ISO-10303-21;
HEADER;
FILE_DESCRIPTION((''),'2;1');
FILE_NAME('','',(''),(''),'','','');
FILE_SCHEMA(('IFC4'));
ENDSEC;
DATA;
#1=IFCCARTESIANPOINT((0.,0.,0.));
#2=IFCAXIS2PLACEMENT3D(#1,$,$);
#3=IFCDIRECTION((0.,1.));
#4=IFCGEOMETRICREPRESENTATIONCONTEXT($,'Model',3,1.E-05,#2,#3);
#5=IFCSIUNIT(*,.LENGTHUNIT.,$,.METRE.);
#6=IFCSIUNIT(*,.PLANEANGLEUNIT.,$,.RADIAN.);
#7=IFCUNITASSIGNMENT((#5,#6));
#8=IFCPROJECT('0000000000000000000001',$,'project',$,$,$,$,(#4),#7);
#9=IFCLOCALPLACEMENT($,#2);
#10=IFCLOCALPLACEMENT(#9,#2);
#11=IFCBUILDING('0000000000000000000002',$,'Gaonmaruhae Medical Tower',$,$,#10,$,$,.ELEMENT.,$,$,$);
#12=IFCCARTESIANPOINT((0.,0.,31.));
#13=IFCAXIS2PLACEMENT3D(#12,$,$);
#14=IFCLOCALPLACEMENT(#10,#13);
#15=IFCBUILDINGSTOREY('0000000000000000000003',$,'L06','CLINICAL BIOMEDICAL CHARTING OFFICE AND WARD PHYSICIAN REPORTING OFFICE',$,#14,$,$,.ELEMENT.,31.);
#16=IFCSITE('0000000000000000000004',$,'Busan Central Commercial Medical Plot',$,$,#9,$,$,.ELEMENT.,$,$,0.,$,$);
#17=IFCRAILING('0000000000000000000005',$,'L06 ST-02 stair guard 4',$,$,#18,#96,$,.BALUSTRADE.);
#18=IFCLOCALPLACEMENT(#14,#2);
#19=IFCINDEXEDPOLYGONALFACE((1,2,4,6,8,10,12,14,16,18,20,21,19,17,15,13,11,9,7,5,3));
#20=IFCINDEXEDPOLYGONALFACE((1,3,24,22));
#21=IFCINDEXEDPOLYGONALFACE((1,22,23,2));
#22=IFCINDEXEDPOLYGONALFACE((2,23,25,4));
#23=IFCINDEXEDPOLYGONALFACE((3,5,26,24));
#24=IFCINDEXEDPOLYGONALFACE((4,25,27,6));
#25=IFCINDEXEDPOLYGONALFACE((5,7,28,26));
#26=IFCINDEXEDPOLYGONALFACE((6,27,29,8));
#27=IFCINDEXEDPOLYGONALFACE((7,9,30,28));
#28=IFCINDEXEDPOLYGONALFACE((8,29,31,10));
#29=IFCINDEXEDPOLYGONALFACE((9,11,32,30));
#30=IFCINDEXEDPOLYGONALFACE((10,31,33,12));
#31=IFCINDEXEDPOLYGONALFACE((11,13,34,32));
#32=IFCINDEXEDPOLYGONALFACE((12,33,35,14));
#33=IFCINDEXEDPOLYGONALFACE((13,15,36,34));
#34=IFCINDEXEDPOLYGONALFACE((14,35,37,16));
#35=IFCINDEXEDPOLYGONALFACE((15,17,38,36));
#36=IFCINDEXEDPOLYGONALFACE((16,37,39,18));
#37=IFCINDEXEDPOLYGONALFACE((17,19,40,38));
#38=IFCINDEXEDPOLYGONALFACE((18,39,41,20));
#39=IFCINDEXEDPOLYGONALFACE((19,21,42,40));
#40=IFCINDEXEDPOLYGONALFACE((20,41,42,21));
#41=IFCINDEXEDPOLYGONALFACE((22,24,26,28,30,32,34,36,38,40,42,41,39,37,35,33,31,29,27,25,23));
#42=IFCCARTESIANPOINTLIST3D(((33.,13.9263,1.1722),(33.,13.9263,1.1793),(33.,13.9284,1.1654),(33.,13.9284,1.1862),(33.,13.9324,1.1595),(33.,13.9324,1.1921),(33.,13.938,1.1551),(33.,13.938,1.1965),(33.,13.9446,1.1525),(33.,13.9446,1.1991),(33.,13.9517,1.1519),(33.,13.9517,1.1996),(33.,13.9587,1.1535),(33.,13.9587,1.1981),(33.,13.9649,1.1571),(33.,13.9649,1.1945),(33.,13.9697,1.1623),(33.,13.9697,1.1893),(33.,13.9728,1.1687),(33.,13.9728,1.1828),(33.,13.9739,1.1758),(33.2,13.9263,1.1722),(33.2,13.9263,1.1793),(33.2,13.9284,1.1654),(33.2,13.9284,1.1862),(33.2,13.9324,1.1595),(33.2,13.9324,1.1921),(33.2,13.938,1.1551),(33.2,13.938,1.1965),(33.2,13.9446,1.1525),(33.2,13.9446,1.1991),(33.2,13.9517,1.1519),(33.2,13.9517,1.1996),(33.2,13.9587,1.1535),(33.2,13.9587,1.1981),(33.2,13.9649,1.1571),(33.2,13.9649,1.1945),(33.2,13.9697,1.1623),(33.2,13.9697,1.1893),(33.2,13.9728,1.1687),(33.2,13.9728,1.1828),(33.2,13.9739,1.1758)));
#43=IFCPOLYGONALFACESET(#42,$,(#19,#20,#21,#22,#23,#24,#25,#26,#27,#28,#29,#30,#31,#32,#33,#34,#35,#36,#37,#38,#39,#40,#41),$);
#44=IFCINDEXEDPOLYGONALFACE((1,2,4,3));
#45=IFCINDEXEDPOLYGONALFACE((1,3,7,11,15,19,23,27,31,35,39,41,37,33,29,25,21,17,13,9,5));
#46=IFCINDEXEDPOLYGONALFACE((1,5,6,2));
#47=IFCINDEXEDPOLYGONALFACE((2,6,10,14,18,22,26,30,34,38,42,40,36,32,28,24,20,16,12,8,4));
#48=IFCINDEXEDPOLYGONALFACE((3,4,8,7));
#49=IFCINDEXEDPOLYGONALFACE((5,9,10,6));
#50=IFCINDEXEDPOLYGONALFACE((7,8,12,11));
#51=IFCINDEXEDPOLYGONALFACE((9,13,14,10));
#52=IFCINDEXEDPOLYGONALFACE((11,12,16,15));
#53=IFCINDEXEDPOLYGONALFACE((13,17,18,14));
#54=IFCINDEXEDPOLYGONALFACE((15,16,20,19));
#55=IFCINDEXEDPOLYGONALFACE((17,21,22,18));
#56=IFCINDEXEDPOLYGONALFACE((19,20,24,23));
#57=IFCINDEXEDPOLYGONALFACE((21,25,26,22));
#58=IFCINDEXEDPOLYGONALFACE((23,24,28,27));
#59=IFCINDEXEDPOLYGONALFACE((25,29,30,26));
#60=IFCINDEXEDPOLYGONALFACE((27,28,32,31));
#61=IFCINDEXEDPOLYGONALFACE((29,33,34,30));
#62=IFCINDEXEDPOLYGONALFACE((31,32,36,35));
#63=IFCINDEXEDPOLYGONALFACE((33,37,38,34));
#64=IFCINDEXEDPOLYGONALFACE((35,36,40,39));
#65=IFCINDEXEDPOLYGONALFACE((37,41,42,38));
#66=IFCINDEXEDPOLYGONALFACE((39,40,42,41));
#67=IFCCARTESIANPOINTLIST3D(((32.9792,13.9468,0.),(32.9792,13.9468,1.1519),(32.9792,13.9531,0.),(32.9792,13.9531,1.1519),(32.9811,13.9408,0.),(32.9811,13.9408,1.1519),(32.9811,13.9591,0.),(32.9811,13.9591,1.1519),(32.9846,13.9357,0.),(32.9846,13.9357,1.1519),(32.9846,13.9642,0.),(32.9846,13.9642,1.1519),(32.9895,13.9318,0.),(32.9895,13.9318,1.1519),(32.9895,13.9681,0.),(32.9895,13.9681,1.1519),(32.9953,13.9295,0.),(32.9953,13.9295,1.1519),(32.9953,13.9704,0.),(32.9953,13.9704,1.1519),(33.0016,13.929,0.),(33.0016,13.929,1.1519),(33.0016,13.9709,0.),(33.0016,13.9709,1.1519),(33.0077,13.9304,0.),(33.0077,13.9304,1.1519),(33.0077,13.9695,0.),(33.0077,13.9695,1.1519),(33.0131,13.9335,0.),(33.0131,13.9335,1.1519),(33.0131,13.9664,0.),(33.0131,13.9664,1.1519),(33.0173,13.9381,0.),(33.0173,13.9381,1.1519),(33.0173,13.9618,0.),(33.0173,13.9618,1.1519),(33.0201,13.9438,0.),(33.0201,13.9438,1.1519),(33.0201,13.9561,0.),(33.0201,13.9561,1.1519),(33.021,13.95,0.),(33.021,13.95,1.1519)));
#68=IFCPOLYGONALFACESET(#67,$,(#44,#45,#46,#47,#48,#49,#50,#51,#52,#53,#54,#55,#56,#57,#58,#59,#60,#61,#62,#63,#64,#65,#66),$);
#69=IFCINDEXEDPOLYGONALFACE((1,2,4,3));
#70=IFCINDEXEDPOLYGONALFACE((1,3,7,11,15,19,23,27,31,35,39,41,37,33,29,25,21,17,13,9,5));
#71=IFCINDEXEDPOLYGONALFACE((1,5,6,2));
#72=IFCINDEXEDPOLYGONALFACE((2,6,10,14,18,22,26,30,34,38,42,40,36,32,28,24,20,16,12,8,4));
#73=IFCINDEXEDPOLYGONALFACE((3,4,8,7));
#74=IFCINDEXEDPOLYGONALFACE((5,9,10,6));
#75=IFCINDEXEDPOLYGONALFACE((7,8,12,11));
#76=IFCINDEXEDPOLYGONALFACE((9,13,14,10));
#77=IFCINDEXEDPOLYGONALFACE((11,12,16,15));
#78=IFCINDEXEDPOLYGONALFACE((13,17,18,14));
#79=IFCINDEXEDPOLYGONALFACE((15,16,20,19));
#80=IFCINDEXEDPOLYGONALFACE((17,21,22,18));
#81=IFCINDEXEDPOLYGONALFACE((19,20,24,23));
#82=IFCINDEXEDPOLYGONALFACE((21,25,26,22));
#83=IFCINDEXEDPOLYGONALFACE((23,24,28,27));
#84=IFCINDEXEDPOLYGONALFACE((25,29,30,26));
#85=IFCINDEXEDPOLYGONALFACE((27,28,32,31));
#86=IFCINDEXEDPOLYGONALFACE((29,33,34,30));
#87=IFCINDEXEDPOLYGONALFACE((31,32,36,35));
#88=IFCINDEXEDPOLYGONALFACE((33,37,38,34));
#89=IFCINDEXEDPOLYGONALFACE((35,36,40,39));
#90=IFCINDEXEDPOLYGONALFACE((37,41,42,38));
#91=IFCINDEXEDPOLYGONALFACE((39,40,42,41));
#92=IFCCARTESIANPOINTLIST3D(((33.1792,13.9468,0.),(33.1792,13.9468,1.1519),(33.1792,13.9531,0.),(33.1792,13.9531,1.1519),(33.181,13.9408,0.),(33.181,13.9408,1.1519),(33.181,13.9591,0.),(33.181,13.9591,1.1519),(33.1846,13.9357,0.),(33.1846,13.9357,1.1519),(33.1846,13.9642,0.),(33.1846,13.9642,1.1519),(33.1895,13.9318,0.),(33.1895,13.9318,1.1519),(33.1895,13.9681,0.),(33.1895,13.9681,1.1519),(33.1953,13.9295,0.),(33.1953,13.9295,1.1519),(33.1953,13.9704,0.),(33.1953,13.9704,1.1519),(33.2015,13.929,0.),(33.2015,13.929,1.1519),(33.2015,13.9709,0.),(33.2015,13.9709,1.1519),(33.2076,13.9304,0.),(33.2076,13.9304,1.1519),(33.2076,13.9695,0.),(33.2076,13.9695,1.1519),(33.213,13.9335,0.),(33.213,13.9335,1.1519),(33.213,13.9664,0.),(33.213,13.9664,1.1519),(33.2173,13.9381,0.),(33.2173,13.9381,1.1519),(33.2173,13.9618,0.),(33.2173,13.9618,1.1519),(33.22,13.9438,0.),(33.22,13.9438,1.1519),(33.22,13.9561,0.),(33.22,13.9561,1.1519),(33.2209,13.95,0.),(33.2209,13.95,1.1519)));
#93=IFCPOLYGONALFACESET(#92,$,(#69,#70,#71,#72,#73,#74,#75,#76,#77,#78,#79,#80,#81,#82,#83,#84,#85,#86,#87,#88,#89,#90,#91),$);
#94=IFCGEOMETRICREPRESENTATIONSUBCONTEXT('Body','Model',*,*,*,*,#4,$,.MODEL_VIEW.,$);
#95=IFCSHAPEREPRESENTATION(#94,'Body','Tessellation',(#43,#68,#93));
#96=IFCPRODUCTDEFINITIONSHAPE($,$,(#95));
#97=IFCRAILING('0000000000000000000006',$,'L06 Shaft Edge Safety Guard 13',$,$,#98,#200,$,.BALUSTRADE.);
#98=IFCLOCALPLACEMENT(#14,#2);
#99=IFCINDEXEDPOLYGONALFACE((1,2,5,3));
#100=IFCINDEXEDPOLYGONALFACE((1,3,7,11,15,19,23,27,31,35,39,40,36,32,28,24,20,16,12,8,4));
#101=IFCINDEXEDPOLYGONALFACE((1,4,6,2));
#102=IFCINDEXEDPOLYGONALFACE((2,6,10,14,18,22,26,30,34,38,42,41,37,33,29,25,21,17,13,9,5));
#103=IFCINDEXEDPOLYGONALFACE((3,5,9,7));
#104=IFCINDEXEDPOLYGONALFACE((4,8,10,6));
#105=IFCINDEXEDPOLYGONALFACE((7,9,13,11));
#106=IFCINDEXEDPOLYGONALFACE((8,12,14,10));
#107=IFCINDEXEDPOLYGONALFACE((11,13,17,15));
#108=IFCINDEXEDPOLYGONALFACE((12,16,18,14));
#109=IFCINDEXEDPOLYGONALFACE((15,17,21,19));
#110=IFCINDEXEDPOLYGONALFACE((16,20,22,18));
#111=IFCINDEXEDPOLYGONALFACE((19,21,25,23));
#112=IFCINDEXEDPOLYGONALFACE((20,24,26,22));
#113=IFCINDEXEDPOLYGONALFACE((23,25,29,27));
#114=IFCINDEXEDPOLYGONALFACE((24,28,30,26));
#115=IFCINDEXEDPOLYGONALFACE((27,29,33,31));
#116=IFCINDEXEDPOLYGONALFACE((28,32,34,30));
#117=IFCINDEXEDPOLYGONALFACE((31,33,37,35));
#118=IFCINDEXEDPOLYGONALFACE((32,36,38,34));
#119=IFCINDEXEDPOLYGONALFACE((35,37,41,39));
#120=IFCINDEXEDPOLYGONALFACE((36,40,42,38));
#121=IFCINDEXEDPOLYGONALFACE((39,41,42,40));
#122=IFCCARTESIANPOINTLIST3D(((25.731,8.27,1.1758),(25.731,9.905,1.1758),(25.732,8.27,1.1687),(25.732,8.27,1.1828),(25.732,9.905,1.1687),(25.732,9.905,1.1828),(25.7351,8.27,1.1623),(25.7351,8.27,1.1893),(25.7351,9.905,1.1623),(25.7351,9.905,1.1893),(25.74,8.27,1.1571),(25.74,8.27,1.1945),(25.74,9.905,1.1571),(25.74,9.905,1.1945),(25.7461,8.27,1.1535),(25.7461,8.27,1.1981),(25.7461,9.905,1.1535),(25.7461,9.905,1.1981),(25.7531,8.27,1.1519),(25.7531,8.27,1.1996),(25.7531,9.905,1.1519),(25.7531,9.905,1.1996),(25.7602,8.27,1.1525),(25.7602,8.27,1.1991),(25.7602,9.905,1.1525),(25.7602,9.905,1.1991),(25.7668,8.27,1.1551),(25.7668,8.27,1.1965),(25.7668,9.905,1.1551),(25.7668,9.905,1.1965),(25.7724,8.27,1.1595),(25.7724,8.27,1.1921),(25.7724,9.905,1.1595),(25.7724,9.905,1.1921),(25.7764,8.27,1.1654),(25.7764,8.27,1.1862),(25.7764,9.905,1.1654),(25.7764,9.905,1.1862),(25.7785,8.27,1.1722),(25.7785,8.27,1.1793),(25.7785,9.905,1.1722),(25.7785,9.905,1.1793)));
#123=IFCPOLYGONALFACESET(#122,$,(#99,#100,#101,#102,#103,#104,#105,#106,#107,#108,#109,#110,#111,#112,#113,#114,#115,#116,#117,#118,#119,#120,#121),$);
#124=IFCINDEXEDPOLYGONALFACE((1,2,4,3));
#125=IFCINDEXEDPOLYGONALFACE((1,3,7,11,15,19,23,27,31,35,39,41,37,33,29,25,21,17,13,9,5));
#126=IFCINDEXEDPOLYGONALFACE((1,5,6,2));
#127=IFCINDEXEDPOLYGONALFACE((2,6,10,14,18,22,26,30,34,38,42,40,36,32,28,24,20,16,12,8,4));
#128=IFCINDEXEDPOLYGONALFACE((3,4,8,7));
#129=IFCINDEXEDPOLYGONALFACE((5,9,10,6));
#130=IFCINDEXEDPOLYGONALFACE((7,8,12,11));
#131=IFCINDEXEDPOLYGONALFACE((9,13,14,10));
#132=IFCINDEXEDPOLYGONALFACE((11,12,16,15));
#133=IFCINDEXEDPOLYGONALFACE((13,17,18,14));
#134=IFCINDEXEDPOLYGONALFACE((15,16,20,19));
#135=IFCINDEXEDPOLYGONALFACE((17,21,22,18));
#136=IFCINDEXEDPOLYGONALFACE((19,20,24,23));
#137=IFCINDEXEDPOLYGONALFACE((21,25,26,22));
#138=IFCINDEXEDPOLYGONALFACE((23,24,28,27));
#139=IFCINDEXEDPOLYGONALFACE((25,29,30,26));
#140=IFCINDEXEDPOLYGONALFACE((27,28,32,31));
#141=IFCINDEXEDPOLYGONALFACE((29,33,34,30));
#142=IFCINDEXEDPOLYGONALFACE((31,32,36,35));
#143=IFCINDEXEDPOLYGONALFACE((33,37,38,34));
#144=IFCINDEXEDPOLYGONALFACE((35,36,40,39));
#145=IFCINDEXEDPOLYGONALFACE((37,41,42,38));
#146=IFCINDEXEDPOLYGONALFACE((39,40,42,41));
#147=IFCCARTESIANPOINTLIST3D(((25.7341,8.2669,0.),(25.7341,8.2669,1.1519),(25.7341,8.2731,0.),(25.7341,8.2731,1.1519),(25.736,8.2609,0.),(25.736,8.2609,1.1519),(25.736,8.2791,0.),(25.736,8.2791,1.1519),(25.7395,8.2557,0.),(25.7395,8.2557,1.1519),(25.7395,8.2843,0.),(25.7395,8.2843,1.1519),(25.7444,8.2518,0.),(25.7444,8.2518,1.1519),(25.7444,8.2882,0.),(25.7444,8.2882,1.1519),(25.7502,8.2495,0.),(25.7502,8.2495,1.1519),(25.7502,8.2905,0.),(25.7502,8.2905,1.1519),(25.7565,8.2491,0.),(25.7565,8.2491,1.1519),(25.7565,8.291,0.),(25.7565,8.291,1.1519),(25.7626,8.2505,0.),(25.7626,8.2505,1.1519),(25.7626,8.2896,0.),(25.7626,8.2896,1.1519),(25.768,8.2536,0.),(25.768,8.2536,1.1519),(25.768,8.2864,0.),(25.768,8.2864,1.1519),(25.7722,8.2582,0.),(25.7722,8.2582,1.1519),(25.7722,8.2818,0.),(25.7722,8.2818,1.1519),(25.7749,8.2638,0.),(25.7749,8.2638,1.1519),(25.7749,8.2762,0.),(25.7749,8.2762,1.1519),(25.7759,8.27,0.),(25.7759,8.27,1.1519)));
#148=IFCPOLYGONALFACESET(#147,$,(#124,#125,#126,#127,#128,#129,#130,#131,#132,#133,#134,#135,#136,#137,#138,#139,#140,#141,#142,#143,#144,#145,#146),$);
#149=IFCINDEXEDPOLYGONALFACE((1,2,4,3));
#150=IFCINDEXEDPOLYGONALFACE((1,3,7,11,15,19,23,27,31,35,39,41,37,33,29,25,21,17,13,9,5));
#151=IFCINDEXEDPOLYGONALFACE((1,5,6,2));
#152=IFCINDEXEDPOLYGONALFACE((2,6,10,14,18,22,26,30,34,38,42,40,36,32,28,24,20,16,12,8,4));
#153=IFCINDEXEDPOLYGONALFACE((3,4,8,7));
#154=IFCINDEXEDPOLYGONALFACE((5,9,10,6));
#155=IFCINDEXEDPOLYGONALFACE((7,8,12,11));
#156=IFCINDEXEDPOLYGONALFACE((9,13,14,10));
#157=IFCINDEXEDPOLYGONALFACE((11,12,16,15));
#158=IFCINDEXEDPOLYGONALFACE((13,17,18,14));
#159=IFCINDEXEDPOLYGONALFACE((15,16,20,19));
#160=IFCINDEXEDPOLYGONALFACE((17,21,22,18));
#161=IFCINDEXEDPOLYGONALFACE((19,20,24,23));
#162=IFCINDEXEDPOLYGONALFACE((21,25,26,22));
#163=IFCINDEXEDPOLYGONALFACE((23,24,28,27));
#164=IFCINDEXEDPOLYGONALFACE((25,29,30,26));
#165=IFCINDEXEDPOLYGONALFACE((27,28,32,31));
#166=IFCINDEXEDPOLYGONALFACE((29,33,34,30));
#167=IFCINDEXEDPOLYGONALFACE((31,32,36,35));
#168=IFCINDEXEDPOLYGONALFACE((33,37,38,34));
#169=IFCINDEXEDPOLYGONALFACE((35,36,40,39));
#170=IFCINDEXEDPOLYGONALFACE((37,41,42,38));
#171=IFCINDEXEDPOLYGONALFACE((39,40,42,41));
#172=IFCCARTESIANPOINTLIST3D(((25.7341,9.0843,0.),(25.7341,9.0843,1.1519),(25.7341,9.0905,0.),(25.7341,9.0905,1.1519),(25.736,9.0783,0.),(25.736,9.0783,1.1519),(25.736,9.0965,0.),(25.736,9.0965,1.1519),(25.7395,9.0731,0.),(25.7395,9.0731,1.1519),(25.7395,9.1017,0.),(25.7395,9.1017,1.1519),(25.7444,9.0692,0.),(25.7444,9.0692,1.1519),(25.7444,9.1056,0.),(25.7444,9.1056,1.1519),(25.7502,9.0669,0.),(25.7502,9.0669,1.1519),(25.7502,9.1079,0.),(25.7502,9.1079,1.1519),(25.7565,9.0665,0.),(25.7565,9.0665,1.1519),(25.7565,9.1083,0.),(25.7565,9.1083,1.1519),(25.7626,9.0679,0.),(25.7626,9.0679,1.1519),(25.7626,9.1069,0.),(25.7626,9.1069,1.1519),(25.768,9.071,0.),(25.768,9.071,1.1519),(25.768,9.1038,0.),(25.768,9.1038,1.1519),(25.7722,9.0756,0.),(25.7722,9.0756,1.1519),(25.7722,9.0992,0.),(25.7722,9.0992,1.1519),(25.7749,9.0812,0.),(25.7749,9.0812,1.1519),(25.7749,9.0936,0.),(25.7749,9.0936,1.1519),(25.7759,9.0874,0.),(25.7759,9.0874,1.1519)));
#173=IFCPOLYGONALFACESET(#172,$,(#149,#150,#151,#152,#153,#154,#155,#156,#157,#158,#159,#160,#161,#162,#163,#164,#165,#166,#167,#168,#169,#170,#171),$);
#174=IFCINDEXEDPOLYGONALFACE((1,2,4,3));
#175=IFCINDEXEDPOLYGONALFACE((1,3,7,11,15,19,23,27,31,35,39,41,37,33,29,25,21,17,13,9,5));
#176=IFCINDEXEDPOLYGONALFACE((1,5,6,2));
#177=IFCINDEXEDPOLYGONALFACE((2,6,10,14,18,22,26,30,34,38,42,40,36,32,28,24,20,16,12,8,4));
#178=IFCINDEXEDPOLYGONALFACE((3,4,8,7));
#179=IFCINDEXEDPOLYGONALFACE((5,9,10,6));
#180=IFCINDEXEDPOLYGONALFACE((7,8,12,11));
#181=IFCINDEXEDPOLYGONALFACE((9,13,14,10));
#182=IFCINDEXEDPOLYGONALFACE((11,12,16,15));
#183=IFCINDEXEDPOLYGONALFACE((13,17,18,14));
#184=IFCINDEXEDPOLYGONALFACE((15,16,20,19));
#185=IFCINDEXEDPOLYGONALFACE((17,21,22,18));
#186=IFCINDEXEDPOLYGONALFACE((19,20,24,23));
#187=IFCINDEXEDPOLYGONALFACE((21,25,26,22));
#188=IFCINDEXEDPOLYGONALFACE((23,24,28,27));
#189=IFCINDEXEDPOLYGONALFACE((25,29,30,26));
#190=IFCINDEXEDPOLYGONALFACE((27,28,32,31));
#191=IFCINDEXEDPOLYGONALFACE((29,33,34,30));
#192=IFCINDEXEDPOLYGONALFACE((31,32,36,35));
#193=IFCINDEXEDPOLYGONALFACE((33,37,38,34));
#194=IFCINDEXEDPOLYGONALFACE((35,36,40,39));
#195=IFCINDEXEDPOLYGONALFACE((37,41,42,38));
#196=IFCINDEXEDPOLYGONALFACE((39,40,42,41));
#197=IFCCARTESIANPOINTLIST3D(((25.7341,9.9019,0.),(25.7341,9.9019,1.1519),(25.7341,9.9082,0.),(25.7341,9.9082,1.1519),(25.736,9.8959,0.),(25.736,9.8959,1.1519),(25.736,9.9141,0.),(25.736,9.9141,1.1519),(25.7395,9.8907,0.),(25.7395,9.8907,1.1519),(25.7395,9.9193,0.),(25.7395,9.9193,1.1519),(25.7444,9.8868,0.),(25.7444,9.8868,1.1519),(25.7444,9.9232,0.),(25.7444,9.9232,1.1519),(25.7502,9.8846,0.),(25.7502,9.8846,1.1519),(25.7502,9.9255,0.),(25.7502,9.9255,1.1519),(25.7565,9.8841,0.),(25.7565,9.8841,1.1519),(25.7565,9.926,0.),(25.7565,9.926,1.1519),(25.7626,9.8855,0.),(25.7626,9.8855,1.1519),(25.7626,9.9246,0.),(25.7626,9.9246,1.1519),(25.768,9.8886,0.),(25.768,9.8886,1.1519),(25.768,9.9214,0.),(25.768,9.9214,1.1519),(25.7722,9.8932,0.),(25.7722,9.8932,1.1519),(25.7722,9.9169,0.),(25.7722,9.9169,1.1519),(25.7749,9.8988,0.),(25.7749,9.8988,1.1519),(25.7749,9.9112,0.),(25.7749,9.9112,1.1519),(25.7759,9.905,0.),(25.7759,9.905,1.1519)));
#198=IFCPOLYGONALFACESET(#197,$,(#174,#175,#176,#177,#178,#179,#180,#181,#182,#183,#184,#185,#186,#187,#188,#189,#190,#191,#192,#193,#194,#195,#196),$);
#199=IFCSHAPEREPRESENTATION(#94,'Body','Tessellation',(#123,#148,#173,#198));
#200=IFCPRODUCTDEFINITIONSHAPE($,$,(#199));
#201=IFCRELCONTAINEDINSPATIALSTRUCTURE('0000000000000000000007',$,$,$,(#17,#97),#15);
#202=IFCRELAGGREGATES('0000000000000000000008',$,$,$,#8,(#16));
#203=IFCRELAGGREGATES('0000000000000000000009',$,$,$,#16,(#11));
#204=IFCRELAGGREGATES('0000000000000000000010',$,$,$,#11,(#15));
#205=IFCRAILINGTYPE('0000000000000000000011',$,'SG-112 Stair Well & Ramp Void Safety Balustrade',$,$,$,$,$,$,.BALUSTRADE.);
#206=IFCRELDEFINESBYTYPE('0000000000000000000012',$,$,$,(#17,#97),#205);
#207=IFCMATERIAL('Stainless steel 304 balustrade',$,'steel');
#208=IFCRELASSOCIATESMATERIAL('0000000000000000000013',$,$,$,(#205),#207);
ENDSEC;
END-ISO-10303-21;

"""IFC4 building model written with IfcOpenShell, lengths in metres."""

from ifc_helpers import new_model, si_unit, direction, frame, origin, origin_2d, place, context, subcontext, project, spatial, circle, extrude, material, type_object, element, save


model = new_model("IFC4")

# Units and contexts
model_context = context("Model", 3, precision=1e-05, world=origin(), true_north=direction((0.0, 1.0)))
body_context = subcontext(model_context, "Body", "Model", "MODEL_VIEW")
ifc_project = project(units=[si_unit("LENGTHUNIT", "METRE"), si_unit("PLANEANGLEUNIT", "RADIAN")], contexts=[model_context])

# Site, building, storey
site_placement = place(None, origin())
site = spatial("IfcSite", under=ifc_project, at=site_placement, Name="Busan Central Commercial Medical Plot", CompositionType="ELEMENT", RefElevation=0.0)
building_placement = place(site_placement, origin())
building = spatial("IfcBuilding", under=site, at=building_placement, Name="Gaonmaruhae Medical Tower", CompositionType="ELEMENT")
storey_placement = place(building_placement, frame((0.0, 0.0, 31.0)))
storey = spatial("IfcBuildingStorey", under=building, at=storey_placement, Name="L06", Description="CLINICAL BIOMEDICAL CHARTING OFFICE AND WARD PHYSICIAN REPORTING OFFICE", CompositionType="ELEMENT", Elevation=31.0)

# Railings
ifc_material_1 = material(Name="Stainless steel 304 balustrade", Category="steel")
railing_type_1 = type_object("IfcRailingType", Name="SG-112 Stair Well & Ramp Void Safety Balustrade", PredefinedType="BALUSTRADE", material=ifc_material_1)
railing_1_placement = place(storey_placement, frame((33.0, 13.95, 0.0)))
element("IfcRailing", 1, at=railing_1_placement, inside=storey, type_object=railing_type_1, Name="L06 ST-02 stair guard 4", PredefinedType="BALUSTRADE", context=body_context, shape_type="SweptSolid", body=[
    extrude(circle(Radius=0.0239, at=origin_2d()), frame((0.0, 0.0, 1.1758), z_axis=(1.0, 0.0, 0.0), x_axis=(0.0, 1.0, 0.0)), (0.0, 0.0, 1.0), 0.2),
    extrude(circle(Radius=0.021, at=origin_2d()), origin(), (0.0, 0.0, 1.0), 1.1519),
    extrude(circle(Radius=0.021, at=origin_2d()), frame((0.2, 0.0, 0.0)), (0.0, 0.0, 1.0), 1.1519),
])
railing_2_placement = place(storey_placement, frame((25.7549, 8.27, 0.0)))
element("IfcRailing", 2, at=railing_2_placement, inside=storey, type_object=railing_type_1, Name="L06 Shaft Edge Safety Guard 13", PredefinedType="BALUSTRADE", context=body_context, shape_type="SweptSolid", body=[
    extrude(circle(Radius=0.0239, at=origin_2d()), frame((0.0, 0.0, 1.1758), z_axis=(0.0, 1.0, 0.0), x_axis=(-1.0, 0.0, 0.0)), (0.0, 0.0, 1.0), 1.635),
    extrude(circle(Radius=0.021, at=origin_2d()), origin(), (0.0, 0.0, 1.0), 1.1519),
    extrude(circle(Radius=0.021, at=origin_2d()), frame((0.0, 0.8174, 0.0)), (0.0, 0.0, 1.0), 1.1519),
    extrude(circle(Radius=0.021, at=origin_2d()), frame((0.0, 1.635, 0.0)), (0.0, 0.0, 1.0), 1.1519),
])

save(model, "model.ifc")
